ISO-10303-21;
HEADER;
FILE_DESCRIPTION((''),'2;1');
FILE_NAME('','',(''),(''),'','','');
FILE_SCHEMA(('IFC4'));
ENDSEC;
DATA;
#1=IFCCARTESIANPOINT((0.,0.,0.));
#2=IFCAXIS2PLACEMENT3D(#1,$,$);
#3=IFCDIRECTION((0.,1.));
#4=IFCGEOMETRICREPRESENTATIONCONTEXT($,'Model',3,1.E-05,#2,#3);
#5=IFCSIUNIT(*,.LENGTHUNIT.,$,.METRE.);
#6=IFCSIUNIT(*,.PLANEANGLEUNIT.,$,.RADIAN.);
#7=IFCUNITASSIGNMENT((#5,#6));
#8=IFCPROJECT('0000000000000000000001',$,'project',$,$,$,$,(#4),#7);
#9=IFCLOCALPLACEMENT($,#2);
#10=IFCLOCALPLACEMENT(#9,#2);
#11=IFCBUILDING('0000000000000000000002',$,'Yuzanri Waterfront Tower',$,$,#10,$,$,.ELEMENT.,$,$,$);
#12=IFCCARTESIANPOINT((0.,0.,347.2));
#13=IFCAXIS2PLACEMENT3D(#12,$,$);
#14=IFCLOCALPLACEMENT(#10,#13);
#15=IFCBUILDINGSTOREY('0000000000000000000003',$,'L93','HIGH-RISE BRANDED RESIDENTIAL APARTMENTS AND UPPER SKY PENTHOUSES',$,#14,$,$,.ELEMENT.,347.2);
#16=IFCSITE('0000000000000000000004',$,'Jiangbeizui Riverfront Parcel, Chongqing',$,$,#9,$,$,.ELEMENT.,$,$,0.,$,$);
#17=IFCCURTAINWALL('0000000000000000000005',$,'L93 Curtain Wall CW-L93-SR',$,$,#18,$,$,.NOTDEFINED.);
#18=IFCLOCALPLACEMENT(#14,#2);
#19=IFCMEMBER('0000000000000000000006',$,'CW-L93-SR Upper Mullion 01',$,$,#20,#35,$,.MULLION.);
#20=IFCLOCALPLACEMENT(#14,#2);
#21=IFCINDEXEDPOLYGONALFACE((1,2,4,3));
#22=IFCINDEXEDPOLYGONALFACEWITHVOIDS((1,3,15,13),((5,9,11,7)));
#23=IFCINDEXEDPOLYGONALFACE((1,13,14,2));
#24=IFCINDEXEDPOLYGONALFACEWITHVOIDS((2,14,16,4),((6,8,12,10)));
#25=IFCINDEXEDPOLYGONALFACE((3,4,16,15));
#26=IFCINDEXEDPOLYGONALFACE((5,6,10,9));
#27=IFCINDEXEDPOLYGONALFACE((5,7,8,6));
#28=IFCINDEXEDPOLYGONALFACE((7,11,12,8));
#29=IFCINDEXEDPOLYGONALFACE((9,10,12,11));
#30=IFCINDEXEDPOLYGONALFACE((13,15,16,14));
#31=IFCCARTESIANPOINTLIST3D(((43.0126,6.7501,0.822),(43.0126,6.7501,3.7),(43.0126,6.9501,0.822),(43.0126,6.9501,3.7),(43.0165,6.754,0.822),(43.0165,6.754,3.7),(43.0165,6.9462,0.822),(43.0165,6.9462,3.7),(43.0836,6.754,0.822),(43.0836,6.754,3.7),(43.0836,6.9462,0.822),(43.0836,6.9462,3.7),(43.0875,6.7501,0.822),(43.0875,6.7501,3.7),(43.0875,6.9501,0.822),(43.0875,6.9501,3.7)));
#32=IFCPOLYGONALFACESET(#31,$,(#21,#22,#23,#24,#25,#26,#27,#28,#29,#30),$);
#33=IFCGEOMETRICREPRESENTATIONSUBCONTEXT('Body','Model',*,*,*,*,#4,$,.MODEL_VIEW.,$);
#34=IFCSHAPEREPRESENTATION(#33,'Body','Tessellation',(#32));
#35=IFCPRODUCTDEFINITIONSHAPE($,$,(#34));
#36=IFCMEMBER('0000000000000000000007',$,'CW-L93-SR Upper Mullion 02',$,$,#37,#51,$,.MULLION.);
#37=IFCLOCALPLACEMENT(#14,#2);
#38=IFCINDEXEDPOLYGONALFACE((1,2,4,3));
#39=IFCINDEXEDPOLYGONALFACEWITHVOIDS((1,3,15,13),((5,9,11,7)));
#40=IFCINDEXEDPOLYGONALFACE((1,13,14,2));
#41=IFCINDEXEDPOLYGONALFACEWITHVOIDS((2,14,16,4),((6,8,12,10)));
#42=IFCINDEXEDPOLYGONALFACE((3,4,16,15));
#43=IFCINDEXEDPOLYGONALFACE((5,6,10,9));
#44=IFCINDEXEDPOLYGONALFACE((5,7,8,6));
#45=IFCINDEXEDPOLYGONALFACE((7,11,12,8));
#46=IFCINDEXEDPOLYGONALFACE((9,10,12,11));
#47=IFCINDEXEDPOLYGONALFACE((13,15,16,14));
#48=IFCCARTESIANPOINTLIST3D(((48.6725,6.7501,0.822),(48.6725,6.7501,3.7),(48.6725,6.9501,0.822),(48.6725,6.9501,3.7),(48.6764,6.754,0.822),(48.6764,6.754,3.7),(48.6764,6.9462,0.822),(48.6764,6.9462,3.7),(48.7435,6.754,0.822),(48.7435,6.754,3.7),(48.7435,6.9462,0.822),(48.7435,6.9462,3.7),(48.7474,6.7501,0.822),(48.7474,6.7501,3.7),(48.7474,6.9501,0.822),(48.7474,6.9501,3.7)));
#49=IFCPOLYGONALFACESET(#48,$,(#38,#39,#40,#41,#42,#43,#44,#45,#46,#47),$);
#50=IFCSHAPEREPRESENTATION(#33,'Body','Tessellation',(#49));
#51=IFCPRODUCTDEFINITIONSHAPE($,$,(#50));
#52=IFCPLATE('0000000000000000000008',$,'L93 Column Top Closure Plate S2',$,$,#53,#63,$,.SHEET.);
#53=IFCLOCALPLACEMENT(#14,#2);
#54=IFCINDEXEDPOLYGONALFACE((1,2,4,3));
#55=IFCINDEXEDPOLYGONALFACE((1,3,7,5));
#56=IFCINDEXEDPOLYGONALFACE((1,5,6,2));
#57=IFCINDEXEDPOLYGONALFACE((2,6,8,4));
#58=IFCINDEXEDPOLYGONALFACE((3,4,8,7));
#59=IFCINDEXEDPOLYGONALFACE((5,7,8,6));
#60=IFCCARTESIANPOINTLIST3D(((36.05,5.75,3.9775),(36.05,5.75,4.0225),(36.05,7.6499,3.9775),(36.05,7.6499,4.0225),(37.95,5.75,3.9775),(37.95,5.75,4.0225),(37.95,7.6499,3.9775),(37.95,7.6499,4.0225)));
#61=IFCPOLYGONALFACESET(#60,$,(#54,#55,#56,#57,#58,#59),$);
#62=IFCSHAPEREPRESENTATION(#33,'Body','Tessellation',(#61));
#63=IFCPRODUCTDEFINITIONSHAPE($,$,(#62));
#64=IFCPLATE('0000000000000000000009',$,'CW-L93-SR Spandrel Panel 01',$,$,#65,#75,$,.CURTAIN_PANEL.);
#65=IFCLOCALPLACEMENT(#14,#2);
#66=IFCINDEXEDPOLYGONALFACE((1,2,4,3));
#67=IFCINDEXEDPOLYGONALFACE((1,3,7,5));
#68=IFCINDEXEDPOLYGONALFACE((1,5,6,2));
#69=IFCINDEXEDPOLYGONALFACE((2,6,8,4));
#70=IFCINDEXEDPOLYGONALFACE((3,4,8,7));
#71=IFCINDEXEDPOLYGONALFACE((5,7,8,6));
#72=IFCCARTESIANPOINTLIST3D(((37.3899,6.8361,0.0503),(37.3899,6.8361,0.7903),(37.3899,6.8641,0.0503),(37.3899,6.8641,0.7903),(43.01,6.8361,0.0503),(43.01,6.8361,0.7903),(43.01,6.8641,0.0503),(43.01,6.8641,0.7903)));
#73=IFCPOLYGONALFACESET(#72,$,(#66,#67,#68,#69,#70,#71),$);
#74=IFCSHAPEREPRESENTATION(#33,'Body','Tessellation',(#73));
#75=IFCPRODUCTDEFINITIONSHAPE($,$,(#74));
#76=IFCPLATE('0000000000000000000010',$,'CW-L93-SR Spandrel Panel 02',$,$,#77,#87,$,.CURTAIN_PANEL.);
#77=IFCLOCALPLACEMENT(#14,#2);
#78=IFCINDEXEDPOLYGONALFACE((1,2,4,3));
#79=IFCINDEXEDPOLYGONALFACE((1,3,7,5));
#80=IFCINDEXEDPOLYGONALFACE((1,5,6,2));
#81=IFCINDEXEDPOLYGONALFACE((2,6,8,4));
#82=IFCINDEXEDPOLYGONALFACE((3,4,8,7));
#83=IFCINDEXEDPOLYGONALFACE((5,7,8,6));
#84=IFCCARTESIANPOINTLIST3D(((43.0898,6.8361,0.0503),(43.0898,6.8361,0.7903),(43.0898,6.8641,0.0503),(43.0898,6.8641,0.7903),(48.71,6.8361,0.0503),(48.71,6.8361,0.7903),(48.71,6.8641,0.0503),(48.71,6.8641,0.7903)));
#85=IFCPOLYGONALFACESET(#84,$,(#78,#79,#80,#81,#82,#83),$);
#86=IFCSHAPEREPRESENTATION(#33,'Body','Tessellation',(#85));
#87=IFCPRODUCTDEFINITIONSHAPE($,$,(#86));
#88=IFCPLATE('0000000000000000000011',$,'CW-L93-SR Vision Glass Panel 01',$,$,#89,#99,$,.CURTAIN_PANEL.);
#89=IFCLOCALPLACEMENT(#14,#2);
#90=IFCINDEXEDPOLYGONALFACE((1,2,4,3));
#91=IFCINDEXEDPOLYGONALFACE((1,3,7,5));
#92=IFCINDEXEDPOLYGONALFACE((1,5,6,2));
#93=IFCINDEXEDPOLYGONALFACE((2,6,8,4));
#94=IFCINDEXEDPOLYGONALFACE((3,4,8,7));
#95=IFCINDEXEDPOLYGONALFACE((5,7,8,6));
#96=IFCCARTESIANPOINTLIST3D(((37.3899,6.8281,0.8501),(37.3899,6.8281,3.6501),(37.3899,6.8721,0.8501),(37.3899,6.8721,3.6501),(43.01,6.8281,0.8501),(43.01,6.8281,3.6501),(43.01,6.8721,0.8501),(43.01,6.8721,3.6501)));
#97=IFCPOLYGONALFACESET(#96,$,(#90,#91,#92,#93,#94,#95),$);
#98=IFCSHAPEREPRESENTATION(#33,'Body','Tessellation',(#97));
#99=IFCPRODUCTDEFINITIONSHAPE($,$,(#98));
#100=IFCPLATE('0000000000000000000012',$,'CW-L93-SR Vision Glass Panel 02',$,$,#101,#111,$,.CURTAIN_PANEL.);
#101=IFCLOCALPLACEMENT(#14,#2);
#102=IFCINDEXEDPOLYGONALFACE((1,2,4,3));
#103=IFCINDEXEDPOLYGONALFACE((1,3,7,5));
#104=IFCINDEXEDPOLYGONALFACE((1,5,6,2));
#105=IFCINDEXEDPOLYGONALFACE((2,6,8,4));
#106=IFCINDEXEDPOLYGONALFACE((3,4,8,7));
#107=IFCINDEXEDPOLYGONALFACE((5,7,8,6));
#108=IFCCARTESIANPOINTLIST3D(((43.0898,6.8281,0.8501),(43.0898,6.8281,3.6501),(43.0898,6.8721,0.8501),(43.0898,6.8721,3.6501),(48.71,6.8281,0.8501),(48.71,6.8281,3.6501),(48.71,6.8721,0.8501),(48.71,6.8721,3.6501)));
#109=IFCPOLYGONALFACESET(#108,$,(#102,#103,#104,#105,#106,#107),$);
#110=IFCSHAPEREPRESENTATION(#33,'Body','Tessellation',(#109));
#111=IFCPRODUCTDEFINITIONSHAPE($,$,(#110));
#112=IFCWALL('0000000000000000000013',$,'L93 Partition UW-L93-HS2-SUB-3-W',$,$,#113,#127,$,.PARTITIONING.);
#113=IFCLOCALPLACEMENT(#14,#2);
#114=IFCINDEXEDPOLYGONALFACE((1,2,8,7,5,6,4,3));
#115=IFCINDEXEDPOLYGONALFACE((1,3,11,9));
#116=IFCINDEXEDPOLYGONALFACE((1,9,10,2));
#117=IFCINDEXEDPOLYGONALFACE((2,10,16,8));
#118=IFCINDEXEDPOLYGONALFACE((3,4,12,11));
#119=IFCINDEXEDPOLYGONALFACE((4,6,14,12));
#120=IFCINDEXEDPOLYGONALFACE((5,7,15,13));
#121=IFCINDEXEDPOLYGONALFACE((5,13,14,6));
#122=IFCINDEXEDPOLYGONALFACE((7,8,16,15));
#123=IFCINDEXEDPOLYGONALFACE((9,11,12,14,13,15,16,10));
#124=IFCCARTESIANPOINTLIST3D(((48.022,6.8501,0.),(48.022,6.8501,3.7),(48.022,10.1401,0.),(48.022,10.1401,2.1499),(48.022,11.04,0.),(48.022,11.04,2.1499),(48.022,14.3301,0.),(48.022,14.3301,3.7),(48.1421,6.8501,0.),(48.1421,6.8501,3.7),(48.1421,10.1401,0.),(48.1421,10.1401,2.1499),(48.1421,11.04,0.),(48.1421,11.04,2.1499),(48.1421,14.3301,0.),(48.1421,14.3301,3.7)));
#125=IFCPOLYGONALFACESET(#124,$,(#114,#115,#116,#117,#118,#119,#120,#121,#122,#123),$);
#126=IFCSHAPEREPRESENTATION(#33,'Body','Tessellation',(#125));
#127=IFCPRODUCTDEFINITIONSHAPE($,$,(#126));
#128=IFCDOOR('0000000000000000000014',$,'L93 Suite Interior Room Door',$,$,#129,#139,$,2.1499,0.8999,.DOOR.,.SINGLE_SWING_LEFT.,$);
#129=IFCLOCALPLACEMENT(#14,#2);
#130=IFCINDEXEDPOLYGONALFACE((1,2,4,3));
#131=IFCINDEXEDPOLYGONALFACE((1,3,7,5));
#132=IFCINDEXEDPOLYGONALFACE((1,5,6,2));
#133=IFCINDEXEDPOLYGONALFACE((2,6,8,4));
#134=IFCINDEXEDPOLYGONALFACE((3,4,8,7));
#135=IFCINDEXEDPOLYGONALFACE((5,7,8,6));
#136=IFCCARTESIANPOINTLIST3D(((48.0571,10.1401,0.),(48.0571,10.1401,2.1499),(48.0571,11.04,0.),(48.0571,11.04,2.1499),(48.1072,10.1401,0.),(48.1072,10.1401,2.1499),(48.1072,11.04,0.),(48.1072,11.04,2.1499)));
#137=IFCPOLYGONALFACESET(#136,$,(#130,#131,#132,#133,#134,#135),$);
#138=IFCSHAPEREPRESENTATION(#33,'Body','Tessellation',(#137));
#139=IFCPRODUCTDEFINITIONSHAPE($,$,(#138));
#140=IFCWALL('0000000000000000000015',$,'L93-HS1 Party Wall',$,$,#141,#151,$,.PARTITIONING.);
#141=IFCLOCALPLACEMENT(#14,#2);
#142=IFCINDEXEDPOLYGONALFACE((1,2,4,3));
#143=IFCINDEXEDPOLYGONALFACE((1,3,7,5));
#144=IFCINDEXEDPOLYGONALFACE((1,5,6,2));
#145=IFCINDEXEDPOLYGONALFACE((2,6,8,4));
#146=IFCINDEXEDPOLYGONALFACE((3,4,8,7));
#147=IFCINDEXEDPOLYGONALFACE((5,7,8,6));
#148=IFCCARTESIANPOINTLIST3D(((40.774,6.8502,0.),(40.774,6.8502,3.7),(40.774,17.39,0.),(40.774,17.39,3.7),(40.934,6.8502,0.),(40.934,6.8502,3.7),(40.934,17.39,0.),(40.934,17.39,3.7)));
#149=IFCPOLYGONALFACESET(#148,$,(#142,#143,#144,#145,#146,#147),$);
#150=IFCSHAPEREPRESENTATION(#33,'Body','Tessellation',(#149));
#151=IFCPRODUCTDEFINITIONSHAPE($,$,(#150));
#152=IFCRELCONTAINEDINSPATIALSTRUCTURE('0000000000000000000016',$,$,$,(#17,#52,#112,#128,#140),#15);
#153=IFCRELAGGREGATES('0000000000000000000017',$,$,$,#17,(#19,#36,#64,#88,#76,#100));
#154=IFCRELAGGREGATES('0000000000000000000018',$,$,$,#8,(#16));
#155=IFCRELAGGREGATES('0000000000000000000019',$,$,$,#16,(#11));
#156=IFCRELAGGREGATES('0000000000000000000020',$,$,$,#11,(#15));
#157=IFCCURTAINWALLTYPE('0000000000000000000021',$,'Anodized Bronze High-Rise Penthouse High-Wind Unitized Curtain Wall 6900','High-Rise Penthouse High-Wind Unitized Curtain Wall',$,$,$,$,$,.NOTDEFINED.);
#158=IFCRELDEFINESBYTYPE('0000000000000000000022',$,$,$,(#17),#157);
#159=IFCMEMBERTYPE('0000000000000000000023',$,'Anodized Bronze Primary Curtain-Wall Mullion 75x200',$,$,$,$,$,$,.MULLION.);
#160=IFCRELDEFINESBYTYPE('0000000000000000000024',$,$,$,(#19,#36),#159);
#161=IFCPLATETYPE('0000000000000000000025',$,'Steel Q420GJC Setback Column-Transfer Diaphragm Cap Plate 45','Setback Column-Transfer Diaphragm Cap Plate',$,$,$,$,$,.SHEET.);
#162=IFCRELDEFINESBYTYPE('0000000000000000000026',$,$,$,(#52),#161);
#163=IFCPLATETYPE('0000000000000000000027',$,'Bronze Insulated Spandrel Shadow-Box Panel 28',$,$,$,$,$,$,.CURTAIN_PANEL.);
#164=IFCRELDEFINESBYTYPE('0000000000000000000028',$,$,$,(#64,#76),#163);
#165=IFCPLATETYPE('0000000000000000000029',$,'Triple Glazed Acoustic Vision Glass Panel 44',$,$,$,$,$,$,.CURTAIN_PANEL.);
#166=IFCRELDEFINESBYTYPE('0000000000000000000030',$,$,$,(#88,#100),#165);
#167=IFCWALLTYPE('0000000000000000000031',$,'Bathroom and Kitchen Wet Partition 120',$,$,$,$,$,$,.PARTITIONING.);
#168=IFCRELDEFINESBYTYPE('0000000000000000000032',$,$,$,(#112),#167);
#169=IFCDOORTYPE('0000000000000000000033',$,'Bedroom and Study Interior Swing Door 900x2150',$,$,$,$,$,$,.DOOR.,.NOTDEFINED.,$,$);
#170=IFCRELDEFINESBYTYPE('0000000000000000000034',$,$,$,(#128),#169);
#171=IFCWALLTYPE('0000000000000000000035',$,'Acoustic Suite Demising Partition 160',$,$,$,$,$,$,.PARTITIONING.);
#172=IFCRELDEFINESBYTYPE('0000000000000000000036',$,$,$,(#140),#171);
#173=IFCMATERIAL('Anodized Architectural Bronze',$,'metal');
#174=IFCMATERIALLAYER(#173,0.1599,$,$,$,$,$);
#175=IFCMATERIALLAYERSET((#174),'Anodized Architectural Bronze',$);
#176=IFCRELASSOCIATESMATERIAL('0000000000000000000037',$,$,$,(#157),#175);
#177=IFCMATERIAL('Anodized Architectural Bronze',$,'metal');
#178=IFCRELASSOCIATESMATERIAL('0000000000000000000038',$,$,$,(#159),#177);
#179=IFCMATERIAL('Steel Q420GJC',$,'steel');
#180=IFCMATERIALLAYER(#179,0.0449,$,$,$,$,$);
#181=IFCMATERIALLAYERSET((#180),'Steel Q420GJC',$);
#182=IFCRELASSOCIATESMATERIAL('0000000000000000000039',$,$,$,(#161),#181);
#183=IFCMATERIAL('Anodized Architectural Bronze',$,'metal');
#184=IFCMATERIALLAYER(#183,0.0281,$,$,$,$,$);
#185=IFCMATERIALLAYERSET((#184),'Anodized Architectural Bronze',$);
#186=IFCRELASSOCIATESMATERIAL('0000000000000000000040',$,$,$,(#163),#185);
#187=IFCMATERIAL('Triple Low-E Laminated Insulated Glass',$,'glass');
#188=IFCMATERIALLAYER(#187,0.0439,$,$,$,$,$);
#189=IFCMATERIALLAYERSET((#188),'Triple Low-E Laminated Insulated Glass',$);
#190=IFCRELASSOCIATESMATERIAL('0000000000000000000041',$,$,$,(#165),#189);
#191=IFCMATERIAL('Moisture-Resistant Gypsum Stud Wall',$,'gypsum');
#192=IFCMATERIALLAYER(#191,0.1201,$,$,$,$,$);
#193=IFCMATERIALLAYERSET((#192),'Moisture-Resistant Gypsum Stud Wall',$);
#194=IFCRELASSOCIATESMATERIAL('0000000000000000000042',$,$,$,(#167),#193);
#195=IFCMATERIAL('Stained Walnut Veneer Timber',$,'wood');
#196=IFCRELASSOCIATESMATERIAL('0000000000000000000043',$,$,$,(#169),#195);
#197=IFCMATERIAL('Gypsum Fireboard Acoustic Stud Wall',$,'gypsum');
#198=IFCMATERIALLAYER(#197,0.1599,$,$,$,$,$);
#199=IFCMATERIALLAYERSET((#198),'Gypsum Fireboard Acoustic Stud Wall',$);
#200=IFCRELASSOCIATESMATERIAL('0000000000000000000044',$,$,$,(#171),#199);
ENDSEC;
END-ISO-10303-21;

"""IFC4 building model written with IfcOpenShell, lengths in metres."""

from ifc_helpers import new_model, si_unit, direction, frame, frame_2d, origin, origin_2d, place, context, subcontext, project, spatial, rectangle, hollow_rectangle, extrude, source, transform, mapped, material, layer, layer_set, material_profile, profile_set, type_object, element, fill, aggregate, save


model = new_model("IFC4")

# Units and contexts
model_context = context("Model", 3, precision=1e-05, world=origin(), true_north=direction((0.0, 1.0)))
body_context = subcontext(model_context, "Body", "Model", "MODEL_VIEW")
ifc_project = project(units=[si_unit("LENGTHUNIT", "METRE"), si_unit("PLANEANGLEUNIT", "RADIAN")], contexts=[model_context])

# Site, building, storey
site_placement = place(None, origin())
site = spatial("IfcSite", under=ifc_project, at=site_placement, Name="Jiangbeizui Riverfront Parcel, Chongqing", CompositionType="ELEMENT", RefElevation=0.0)
building_placement = place(site_placement, origin())
building = spatial("IfcBuilding", under=site, at=building_placement, Name="Yuzanri Waterfront Tower", CompositionType="ELEMENT")
storey_placement = place(building_placement, frame((0.0, 0.0, 347.2)))
storey = spatial("IfcBuildingStorey", under=building, at=storey_placement, Name="L93", Description="HIGH-RISE BRANDED RESIDENTIAL APARTMENTS AND UPPER SKY PENTHOUSES", CompositionType="ELEMENT", Elevation=347.2)

# Curtain wall, members
ifc_material_1 = material(Name="Anodized Architectural Bronze", Category="metal")
ifc_layer_1 = layer(ifc_material_1, 0.1599)
ifc_layer_set_1 = layer_set([ifc_layer_1], Name="Anodized Architectural Bronze")
curtain_wall_type = type_object("IfcCurtainWallType", Name="Anodized Bronze High-Rise Penthouse High-Wind Unitized Curtain Wall 6900", Description="High-Rise Penthouse High-Wind Unitized Curtain Wall", PredefinedType="NOTDEFINED", material=ifc_layer_set_1)
curtain_wall_placement = place(storey_placement, origin())
curtain_wall = element("IfcCurtainWall", 1, at=curtain_wall_placement, inside=storey, type_object=curtain_wall_type, Name="L93 Curtain Wall CW-L93-SR", PredefinedType="NOTDEFINED")
ifc_material_2 = material(Name="Anodized Architectural Bronze", Category="metal")
ifc_material_profile_1 = material_profile(ifc_material_2, hollow_rectangle(XDim=0.075, YDim=0.2, WallThickness=0.0039, at=origin_2d()), Name="CWM 75x200")
ifc_profile_set_1 = profile_set([ifc_material_profile_1], Name="Anodized Architectural Bronze")
member_type_1 = type_object("IfcMemberType", Name="Anodized Bronze Primary Curtain-Wall Mullion 75x200", PredefinedType="MULLION", material=ifc_profile_set_1)
shared_shape_1 = source(origin(), body_context, "Body", "SweptSolid", [
    extrude(hollow_rectangle(XDim=0.075, YDim=0.2, WallThickness=0.0039, at=origin_2d()), origin(), (0.0, 0.0, 1.0), 2.8779),
])
member_1_placement = place(storey_placement, frame((43.05, 6.8501, 0.822), z_axis=(0.0, 0.0, 1.0), x_axis=(1.0, 0.0, 0.0)))
member_1 = element("IfcMember", 2, at=member_1_placement, type_object=member_type_1, Name="CW-L93-SR Upper Mullion 01", PredefinedType="MULLION", context=body_context, shape_type="MappedRepresentation", body=[
    mapped(shared_shape_1, transform((0.0, 0.0, 0.0), scale=1.0)),
])
member_2_placement = place(storey_placement, frame((48.71, 6.8501, 0.822), z_axis=(0.0, 0.0, 1.0), x_axis=(1.0, 0.0, 0.0)))
member_2 = element("IfcMember", 3, at=member_2_placement, type_object=member_type_1, Name="CW-L93-SR Upper Mullion 02", PredefinedType="MULLION", context=body_context, shape_type="MappedRepresentation", body=[
    mapped(shared_shape_1, transform((0.0, 0.0, 0.0), scale=1.0)),
])

# Plates
ifc_material_3 = material(Name="Steel Q420GJC", Category="steel")
ifc_layer_2 = layer(ifc_material_3, 0.0449)
ifc_layer_set_2 = layer_set([ifc_layer_2], Name="Steel Q420GJC")
plate_type_1 = type_object("IfcPlateType", Name="Steel Q420GJC Setback Column-Transfer Diaphragm Cap Plate 45", Description="Setback Column-Transfer Diaphragm Cap Plate", PredefinedType="SHEET", material=ifc_layer_set_2)
shared_shape_2 = source(origin(), body_context, "Body", "SweptSolid", [
    extrude(rectangle(XDim=1.8999, YDim=1.8999, at=origin_2d()), origin(), (0.0, 0.0, 1.0), 0.0449),
])
plate_1_placement = place(storey_placement, frame((37.0, 6.7, 3.9775), z_axis=(0.0, 0.0, 1.0), x_axis=(1.0, 0.0, 0.0)))
element("IfcPlate", 4, at=plate_1_placement, inside=storey, type_object=plate_type_1, Name="L93 Column Top Closure Plate S2", PredefinedType="SHEET", context=body_context, shape_type="MappedRepresentation", body=[
    mapped(shared_shape_2, transform((0.0, 0.0, 0.0), scale=1.0)),
])
ifc_material_4 = material(Name="Anodized Architectural Bronze", Category="metal")
ifc_layer_3 = layer(ifc_material_4, 0.0281)
ifc_layer_set_3 = layer_set([ifc_layer_3], Name="Anodized Architectural Bronze")
plate_type_2 = type_object("IfcPlateType", Name="Bronze Insulated Spandrel Shadow-Box Panel 28", PredefinedType="CURTAIN_PANEL", material=ifc_layer_set_3)
shared_shape_3 = source(origin(), body_context, "Body", "SweptSolid", [
    extrude(rectangle(XDim=5.6201, YDim=0.0281, at=origin_2d()), origin(), (0.0, 0.0, 1.0), 0.74),
])
plate_2_placement = place(storey_placement, frame((40.2, 6.8501, 0.0503), z_axis=(0.0, 0.0, 1.0), x_axis=(1.0, 0.0, 0.0)))
plate_2 = element("IfcPlate", 5, at=plate_2_placement, type_object=plate_type_2, Name="CW-L93-SR Spandrel Panel 01", PredefinedType="CURTAIN_PANEL", context=body_context, shape_type="MappedRepresentation", body=[
    mapped(shared_shape_3, transform((0.0, 0.0, 0.0), scale=1.0)),
])
plate_3_placement = place(storey_placement, frame((45.8999, 6.8501, 0.0503), z_axis=(0.0, 0.0, 1.0), x_axis=(1.0, 0.0, 0.0)))
plate_3 = element("IfcPlate", 6, at=plate_3_placement, type_object=plate_type_2, Name="CW-L93-SR Spandrel Panel 02", PredefinedType="CURTAIN_PANEL", context=body_context, shape_type="MappedRepresentation", body=[
    mapped(shared_shape_3, transform((0.0, 0.0, 0.0), scale=1.0)),
])
ifc_material_5 = material(Name="Triple Low-E Laminated Insulated Glass", Category="glass")
ifc_layer_4 = layer(ifc_material_5, 0.0439)
ifc_layer_set_4 = layer_set([ifc_layer_4], Name="Triple Low-E Laminated Insulated Glass")
plate_type_3 = type_object("IfcPlateType", Name="Triple Glazed Acoustic Vision Glass Panel 44", PredefinedType="CURTAIN_PANEL", material=ifc_layer_set_4)
shared_shape_4 = source(origin(), body_context, "Body", "SweptSolid", [
    extrude(rectangle(XDim=5.6201, YDim=0.0439, at=origin_2d()), origin(), (0.0, 0.0, 1.0), 2.8),
])
plate_4_placement = place(storey_placement, frame((40.2, 6.8501, 0.8501), z_axis=(0.0, 0.0, 1.0), x_axis=(1.0, 0.0, 0.0)))
plate_4 = element("IfcPlate", 7, at=plate_4_placement, type_object=plate_type_3, Name="CW-L93-SR Vision Glass Panel 01", PredefinedType="CURTAIN_PANEL", context=body_context, shape_type="MappedRepresentation", body=[
    mapped(shared_shape_4, transform((0.0, 0.0, 0.0), scale=1.0)),
])
plate_5_placement = place(storey_placement, frame((45.8999, 6.8501, 0.8501), z_axis=(0.0, 0.0, 1.0), x_axis=(1.0, 0.0, 0.0)))
plate_5 = element("IfcPlate", 8, at=plate_5_placement, type_object=plate_type_3, Name="CW-L93-SR Vision Glass Panel 02", PredefinedType="CURTAIN_PANEL", context=body_context, shape_type="MappedRepresentation", body=[
    mapped(shared_shape_4, transform((0.0, 0.0, 0.0), scale=1.0)),
])
aggregate(curtain_wall, [member_1, member_2, plate_2, plate_4, plate_3, plate_5])

# Wall, opening, door
ifc_material_6 = material(Name="Moisture-Resistant Gypsum Stud Wall", Category="gypsum")
ifc_layer_5 = layer(ifc_material_6, 0.1201)
ifc_layer_set_5 = layer_set([ifc_layer_5], Name="Moisture-Resistant Gypsum Stud Wall")
wall_type_1 = type_object("IfcWallType", Name="Bathroom and Kitchen Wet Partition 120", PredefinedType="PARTITIONING", material=ifc_layer_set_5)
wall_1_placement = place(storey_placement, frame((48.082, 6.8501, 0.0), z_axis=(0.0, 0.0, 1.0), x_axis=(0.0, 1.0, 0.0)))
wall_1 = element("IfcWall", 9, at=wall_1_placement, inside=storey, type_object=wall_type_1, Name="L93 Partition UW-L93-HS2-SUB-3-W", PredefinedType="PARTITIONING", context=body_context, shape_type="SweptSolid", body=[
    extrude(rectangle(XDim=7.48, YDim=0.1201, at=frame_2d((3.74, 0.0))), origin(), (0.0, 0.0, 1.0), 3.7),
])
opening_placement = place(wall_1_placement, frame((3.29, 0.0, 0.0)))
opening = element("IfcOpeningElement", 10, at=opening_placement, cuts=wall_1, PredefinedType="OPENING", context=body_context, shape_type="SweptSolid", body=[
    extrude(rectangle(XDim=0.8999, YDim=2.1499, at=frame_2d((0.45, 1.075))), frame((0.0, 0.075, 0.0), z_axis=(0.0, -1.0, 0.0), x_axis=(1.0, 0.0, 0.0)), (0.0, 0.0, 1.0), 0.1499),
])
ifc_material_7 = material(Name="Stained Walnut Veneer Timber", Category="wood")
door_type = type_object("IfcDoorType", Name="Bedroom and Study Interior Swing Door 900x2150", OperationType="NOTDEFINED", PredefinedType="DOOR", material=ifc_material_7)
shared_shape_5 = source(origin(), body_context, "Body", "SweptSolid", [
    extrude(rectangle(XDim=0.8999, YDim=2.1499, at=frame_2d((0.45, 1.075))), frame((0.0, 0.0249, 0.0), z_axis=(0.0, -1.0, 0.0), x_axis=(1.0, 0.0, 0.0)), (0.0, 0.0, 1.0), 0.05),
])
door_placement = place(opening_placement, origin())
door = element("IfcDoor", 11, at=door_placement, inside=storey, type_object=door_type, Name="L93 Suite Interior Room Door", OperationType="SINGLE_SWING_LEFT", OverallHeight=2.1499, OverallWidth=0.8999, PredefinedType="DOOR", context=body_context, shape_type="MappedRepresentation", body=[
    mapped(shared_shape_5, transform((0.0, 0.0, 0.0), scale=1.0)),
])
fill(opening, door)

# Wall
ifc_material_8 = material(Name="Gypsum Fireboard Acoustic Stud Wall", Category="gypsum")
ifc_layer_6 = layer(ifc_material_8, 0.1599)
ifc_layer_set_6 = layer_set([ifc_layer_6], Name="Gypsum Fireboard Acoustic Stud Wall")
wall_type_2 = type_object("IfcWallType", Name="Acoustic Suite Demising Partition 160", PredefinedType="PARTITIONING", material=ifc_layer_set_6)
shared_shape_6 = source(origin(), body_context, "Body", "SweptSolid", [
    extrude(rectangle(XDim=10.5398, YDim=0.1599, at=frame_2d((5.27, 0.0))), origin(), (0.0, 0.0, 1.0), 3.7),
])
wall_2_placement = place(storey_placement, frame((40.854, 6.8501, 0.0), z_axis=(0.0, 0.0, 1.0), x_axis=(0.0, 1.0, 0.0)))
element("IfcWall", 12, at=wall_2_placement, inside=storey, type_object=wall_type_2, Name="L93-HS1 Party Wall", PredefinedType="PARTITIONING", context=body_context, shape_type="MappedRepresentation", body=[
    mapped(shared_shape_6, transform((0.0, 0.0, 0.0), scale=1.0)),
])

save(model, "model.ifc")
